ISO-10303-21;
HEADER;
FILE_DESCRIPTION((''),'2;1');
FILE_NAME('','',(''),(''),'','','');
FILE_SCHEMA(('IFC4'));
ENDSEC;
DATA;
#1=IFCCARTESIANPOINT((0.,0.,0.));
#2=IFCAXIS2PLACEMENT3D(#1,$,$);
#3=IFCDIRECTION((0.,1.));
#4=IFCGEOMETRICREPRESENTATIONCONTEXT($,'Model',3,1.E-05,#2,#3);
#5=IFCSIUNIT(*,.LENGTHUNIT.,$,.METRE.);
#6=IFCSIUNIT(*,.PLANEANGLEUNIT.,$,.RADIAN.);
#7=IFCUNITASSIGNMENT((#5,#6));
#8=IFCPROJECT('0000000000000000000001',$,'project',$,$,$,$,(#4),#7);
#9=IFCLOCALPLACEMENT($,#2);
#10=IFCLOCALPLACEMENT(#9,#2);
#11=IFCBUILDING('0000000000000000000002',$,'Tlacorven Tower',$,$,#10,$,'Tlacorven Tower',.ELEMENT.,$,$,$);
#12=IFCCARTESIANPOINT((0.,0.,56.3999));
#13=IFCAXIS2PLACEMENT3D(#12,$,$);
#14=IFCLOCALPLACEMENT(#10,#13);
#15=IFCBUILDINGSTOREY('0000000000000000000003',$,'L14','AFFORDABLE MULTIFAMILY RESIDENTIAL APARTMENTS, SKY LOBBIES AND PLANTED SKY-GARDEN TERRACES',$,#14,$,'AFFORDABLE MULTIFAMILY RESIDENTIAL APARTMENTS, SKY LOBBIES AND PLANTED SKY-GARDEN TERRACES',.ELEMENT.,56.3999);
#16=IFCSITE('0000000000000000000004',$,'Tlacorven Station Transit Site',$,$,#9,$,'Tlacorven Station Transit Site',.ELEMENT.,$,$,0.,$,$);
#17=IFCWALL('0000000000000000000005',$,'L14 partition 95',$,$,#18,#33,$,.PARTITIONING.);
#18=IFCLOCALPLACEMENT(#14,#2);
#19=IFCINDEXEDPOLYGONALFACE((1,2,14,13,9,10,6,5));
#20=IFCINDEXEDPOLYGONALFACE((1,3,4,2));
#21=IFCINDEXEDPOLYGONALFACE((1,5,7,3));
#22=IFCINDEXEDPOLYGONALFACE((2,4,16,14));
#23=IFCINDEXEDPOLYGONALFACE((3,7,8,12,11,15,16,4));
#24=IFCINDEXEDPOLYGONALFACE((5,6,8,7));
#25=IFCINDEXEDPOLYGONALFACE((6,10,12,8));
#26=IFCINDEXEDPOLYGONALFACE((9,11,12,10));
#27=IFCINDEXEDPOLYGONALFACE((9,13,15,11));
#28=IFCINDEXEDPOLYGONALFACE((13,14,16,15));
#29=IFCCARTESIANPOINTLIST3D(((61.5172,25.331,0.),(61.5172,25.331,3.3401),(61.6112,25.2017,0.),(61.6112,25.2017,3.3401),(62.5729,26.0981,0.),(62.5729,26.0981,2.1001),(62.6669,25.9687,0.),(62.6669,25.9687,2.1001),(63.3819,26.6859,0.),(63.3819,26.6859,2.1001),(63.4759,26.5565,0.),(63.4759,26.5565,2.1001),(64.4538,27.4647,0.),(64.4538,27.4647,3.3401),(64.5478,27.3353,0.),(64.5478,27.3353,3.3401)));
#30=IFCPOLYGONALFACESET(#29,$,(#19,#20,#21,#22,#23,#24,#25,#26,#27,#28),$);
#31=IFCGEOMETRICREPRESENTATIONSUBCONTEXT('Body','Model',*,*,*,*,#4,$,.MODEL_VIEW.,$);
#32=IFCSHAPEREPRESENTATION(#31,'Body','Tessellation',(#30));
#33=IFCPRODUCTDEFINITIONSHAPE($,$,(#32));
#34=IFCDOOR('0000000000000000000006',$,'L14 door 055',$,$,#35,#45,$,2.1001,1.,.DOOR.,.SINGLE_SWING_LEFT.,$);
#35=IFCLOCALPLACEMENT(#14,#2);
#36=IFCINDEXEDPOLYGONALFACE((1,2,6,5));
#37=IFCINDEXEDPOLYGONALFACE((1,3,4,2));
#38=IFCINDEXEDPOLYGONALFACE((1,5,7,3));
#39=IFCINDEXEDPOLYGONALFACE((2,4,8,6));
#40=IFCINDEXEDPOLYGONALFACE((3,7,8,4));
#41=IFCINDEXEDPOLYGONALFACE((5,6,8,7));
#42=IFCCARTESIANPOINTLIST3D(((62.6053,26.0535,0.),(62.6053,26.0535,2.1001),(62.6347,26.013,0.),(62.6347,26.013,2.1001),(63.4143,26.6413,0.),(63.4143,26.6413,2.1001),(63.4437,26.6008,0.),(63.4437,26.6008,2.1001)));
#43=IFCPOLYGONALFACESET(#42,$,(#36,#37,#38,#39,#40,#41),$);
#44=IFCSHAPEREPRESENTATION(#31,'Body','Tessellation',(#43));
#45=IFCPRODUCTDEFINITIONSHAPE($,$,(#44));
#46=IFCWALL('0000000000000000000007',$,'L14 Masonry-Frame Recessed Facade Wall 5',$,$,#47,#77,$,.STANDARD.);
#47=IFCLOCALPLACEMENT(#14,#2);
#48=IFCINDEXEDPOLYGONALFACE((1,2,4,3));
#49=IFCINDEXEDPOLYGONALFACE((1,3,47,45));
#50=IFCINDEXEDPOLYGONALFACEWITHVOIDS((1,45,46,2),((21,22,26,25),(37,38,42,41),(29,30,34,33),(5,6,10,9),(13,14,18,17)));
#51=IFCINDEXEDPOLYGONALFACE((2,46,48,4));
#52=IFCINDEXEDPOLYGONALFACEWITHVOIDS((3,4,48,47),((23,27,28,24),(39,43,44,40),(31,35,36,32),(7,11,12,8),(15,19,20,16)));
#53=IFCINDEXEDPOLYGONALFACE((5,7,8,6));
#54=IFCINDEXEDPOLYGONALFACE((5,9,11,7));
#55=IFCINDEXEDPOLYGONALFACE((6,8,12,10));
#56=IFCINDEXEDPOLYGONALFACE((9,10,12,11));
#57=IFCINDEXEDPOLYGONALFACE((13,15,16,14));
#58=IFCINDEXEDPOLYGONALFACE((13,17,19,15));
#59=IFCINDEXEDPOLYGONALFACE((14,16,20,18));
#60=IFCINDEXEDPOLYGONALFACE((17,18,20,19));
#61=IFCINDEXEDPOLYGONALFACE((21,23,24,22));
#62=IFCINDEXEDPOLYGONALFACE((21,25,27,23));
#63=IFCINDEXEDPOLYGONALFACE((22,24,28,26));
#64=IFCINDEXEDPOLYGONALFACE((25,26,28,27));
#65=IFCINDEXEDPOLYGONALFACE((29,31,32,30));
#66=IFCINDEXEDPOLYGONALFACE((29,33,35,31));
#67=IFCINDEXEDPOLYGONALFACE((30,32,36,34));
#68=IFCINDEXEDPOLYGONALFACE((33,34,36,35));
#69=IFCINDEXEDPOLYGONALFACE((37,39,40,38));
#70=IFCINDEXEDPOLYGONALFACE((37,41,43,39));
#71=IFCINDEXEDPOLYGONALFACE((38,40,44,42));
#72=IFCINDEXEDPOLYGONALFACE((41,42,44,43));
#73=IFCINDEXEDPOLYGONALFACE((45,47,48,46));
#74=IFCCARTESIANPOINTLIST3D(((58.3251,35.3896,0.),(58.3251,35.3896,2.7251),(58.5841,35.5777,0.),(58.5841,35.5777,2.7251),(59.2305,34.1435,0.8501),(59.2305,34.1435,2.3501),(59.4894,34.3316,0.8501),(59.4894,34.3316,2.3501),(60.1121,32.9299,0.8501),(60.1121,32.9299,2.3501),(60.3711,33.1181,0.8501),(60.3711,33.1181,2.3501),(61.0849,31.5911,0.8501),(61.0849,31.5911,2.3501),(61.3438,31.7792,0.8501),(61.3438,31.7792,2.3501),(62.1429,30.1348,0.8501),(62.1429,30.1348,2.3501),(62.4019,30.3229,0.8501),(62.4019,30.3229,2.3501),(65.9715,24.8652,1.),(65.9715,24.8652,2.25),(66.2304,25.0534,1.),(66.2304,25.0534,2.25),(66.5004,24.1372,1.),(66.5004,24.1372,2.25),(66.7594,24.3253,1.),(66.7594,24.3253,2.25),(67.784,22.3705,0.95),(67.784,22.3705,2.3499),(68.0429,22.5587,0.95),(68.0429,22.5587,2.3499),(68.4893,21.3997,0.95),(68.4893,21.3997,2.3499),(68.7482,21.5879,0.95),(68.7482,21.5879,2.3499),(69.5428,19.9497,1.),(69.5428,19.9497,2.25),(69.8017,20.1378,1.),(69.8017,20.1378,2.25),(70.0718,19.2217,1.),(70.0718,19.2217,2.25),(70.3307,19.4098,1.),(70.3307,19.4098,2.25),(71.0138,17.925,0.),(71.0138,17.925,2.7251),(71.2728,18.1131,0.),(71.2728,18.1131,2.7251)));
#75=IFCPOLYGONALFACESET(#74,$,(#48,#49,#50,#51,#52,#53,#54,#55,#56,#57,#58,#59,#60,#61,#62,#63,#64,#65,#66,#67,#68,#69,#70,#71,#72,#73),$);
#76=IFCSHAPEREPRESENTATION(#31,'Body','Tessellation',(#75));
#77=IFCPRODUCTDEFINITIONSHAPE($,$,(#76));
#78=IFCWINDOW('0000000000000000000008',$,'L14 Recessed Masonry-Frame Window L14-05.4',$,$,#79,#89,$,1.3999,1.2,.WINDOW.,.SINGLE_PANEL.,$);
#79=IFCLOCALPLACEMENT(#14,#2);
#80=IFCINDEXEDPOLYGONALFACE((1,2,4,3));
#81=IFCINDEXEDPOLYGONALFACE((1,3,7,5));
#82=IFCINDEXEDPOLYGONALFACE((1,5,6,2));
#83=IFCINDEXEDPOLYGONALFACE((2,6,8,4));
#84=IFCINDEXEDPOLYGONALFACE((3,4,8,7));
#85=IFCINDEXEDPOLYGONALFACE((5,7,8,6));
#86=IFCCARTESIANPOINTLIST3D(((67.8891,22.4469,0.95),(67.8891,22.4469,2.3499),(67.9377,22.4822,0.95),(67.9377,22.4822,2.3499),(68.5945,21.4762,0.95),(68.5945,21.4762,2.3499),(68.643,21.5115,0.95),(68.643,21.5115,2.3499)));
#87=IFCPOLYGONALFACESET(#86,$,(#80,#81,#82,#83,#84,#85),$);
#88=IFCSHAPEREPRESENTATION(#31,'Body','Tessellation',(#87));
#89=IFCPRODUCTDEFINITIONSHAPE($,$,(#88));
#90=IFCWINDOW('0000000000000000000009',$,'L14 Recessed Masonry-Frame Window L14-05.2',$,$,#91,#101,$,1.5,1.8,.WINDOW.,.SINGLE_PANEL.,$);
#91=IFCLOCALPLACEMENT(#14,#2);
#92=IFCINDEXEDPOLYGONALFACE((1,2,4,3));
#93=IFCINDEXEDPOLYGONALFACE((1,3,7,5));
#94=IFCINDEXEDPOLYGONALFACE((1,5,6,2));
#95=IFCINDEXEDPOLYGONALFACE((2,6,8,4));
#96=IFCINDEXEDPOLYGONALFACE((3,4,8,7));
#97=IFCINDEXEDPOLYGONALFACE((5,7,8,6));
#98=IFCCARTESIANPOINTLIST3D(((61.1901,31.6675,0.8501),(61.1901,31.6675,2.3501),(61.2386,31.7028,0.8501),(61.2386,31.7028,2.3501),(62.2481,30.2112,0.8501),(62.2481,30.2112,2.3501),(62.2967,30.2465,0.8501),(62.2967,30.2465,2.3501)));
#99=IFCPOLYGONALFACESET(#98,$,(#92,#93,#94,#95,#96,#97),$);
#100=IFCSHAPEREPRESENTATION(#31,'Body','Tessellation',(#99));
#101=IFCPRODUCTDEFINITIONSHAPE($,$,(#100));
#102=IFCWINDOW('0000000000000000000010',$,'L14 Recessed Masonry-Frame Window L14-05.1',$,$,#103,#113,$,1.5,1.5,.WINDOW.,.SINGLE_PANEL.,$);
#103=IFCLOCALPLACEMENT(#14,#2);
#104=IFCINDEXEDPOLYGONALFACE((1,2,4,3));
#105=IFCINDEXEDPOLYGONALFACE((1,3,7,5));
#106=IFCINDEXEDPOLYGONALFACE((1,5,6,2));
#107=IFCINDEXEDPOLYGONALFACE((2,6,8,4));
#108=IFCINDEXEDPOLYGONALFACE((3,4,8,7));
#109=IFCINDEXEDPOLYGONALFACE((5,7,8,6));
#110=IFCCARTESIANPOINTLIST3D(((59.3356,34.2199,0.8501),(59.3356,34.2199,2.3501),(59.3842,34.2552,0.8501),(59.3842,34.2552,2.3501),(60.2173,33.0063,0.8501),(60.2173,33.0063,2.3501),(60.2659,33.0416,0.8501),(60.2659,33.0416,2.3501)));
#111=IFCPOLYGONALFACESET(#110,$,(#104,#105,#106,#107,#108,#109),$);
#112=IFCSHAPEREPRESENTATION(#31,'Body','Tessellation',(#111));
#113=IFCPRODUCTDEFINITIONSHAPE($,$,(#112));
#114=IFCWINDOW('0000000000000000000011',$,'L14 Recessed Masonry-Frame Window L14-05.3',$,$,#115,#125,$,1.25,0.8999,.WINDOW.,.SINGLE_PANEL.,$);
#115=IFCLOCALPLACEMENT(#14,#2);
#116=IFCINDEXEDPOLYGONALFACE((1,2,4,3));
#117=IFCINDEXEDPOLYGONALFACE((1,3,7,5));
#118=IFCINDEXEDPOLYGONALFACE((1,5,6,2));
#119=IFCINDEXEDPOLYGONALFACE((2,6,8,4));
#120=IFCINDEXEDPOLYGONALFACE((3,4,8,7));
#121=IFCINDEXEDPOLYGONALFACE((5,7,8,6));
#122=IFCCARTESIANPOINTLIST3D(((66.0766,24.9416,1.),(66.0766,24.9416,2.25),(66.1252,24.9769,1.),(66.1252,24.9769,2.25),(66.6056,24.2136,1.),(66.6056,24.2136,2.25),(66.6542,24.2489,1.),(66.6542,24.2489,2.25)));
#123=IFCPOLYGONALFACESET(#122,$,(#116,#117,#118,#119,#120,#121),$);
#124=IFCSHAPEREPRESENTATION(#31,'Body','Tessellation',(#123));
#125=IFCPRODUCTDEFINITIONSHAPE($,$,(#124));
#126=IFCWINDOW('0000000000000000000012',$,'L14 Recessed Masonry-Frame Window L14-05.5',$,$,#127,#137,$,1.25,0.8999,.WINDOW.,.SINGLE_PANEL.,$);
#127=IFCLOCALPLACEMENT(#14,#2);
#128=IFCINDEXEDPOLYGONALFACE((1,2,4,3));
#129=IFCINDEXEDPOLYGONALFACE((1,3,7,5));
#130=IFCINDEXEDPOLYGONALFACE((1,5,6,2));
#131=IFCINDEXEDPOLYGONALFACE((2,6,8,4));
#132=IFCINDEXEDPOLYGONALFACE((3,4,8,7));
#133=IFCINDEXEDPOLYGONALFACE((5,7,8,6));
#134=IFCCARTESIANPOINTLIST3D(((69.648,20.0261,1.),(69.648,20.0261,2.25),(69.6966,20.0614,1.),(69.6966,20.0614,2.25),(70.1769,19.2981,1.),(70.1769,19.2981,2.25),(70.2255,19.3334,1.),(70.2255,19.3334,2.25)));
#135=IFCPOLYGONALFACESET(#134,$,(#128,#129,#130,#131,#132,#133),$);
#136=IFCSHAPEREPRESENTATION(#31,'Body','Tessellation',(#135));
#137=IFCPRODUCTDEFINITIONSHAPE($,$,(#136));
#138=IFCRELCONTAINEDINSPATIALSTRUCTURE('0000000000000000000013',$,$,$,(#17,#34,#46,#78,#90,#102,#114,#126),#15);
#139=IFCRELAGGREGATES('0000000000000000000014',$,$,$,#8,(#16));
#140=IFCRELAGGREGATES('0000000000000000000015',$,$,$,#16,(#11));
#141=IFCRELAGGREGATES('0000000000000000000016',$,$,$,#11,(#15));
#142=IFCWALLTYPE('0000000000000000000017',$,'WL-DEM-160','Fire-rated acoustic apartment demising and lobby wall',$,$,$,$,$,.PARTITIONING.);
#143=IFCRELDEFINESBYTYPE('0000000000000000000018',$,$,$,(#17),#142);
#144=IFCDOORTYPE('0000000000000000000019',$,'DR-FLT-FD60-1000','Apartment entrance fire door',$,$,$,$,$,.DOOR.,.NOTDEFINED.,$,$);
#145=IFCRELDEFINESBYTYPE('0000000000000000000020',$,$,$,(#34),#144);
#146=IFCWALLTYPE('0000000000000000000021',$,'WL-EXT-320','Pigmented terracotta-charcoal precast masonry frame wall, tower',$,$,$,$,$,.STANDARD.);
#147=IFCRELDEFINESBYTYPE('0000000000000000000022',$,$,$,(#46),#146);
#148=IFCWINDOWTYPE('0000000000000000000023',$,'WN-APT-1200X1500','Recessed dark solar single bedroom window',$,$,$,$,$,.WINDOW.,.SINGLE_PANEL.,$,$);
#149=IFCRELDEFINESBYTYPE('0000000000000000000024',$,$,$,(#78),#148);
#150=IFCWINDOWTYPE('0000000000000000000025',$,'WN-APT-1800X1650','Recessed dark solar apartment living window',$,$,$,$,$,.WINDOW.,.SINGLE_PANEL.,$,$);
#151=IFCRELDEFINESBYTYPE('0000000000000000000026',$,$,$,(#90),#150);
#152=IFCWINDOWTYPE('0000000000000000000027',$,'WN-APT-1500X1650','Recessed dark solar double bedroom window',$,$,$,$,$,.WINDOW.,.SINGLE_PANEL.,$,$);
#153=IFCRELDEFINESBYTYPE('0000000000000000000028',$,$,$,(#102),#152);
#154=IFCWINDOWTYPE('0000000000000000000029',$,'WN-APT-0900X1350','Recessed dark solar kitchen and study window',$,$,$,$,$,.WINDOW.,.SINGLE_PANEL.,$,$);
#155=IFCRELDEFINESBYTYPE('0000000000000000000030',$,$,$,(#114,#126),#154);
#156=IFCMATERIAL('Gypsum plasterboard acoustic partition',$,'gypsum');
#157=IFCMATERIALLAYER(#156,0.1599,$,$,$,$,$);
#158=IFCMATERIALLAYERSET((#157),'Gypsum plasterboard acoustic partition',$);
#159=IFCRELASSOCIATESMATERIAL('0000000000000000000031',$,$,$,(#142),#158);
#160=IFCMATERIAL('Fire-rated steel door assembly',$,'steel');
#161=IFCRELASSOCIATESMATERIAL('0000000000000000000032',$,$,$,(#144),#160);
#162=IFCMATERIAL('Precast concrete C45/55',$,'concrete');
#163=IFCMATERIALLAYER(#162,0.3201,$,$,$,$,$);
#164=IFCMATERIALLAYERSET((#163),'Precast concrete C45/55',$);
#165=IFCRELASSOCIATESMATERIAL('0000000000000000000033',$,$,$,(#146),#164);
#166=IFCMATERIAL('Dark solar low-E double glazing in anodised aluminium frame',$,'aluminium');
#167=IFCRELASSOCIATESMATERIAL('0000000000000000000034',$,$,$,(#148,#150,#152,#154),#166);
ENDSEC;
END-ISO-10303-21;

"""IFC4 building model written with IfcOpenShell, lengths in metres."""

from ifc_helpers import new_model, si_unit, direction, frame, frame_2d, origin, place, context, subcontext, project, spatial, rectangle, extrude, source, transform, mapped, material, layer, layer_set, type_object, element, fill, save


model = new_model("IFC4")

# Units and contexts
model_context = context("Model", 3, precision=1e-05, world=origin(), true_north=direction((0.0, 1.0)))
body_context = subcontext(model_context, "Body", "Model", "MODEL_VIEW")
ifc_project = project(units=[si_unit("LENGTHUNIT", "METRE"), si_unit("PLANEANGLEUNIT", "RADIAN")], contexts=[model_context])

# Site, building, storey
site_placement = place(None, origin())
site = spatial("IfcSite", under=ifc_project, at=site_placement, Name="Tlacorven Station Transit Site", LongName="Tlacorven Station Transit Site", CompositionType="ELEMENT", RefElevation=0.0)
building_placement = place(site_placement, origin())
building = spatial("IfcBuilding", under=site, at=building_placement, Name="Tlacorven Tower", LongName="Tlacorven Tower", CompositionType="ELEMENT")
storey_placement = place(building_placement, frame((0.0, 0.0, 56.3999)))
storey = spatial("IfcBuildingStorey", under=building, at=storey_placement, Name="L14", Description="AFFORDABLE MULTIFAMILY RESIDENTIAL APARTMENTS, SKY LOBBIES AND PLANTED SKY-GARDEN TERRACES", LongName="AFFORDABLE MULTIFAMILY RESIDENTIAL APARTMENTS, SKY LOBBIES AND PLANTED SKY-GARDEN TERRACES", CompositionType="ELEMENT", Elevation=56.3999)

# Shared definitions
ifc_material_1 = material(Name="Gypsum plasterboard acoustic partition", Category="gypsum")
ifc_layer_1 = layer(ifc_material_1, 0.1599)
ifc_layer_set_1 = layer_set([ifc_layer_1], Name="Gypsum plasterboard acoustic partition")
wall_type_1 = type_object("IfcWallType", Name="WL-DEM-160", Description="Fire-rated acoustic apartment demising and lobby wall", PredefinedType="PARTITIONING", material=ifc_layer_set_1)
ifc_material_2 = material(Name="Fire-rated steel door assembly", Category="steel")
door_type_1 = type_object("IfcDoorType", Name="DR-FLT-FD60-1000", Description="Apartment entrance fire door", OperationType="NOTDEFINED", PredefinedType="DOOR", material=ifc_material_2)
shared_shape_1 = source(origin(), body_context, "Body", "SweptSolid", [
    extrude(rectangle(XDim=1.0, YDim=2.1001, at=frame_2d((0.5, 1.05))), frame((0.0, 0.0249, 0.0), z_axis=(0.0, -1.0, 0.0), x_axis=(1.0, 0.0, 0.0)), (0.0, 0.0, 1.0), 0.05),
])

# Wall, opening, door
wall_1_placement = place(storey_placement, frame((61.5642, 25.2664, 0.0), z_axis=(0.0, 0.0, 1.0), x_axis=(0.809012, 0.587792, 0.0)))
wall_1 = element("IfcWall", 1, at=wall_1_placement, inside=storey, type_object=wall_type_1, Name="L14 partition 95", PredefinedType="PARTITIONING", context=body_context, shape_type="SweptSolid", body=[
    extrude(rectangle(XDim=3.6299, YDim=0.1599, at=frame_2d((1.8149, 0.0))), origin(), (0.0, 0.0, 1.0), 3.3401),
])
opening_1_placement = place(wall_1_placement, frame((1.3049, 0.0, 0.0)))
opening_1 = element("IfcOpeningElement", 2, at=opening_1_placement, cuts=wall_1, PredefinedType="OPENING", context=body_context, shape_type="SweptSolid", body=[
    extrude(rectangle(XDim=1.0, YDim=2.1001, at=frame_2d((0.5, 1.05))), frame((0.0, 0.0898, 0.0), z_axis=(0.0, -1.0, 0.0), x_axis=(1.0, 0.0, 0.0)), (0.0, 0.0, 1.0), 0.1799),
])
door_1_placement = place(opening_1_placement, origin())
door_1 = element("IfcDoor", 3, at=door_1_placement, inside=storey, type_object=door_type_1, Name="L14 door 055", OperationType="SINGLE_SWING_LEFT", OverallHeight=2.1001, OverallWidth=1.0, PredefinedType="DOOR", context=body_context, shape_type="MappedRepresentation", body=[
    mapped(shared_shape_1, transform((0.0, 0.0, 0.0), scale=1.0)),
])
fill(opening_1, door_1)

# Wall, openings, windows
ifc_material_3 = material(Name="Precast concrete C45/55", Category="concrete")
ifc_layer_2 = layer(ifc_material_3, 0.3201)
ifc_layer_set_2 = layer_set([ifc_layer_2], Name="Precast concrete C45/55")
wall_type_2 = type_object("IfcWallType", Name="WL-EXT-320", Description="Pigmented terracotta-charcoal precast masonry frame wall, tower", PredefinedType="STANDARD", material=ifc_layer_set_2)
wall_2_placement = place(storey_placement, frame((58.4546, 35.4836, 0.0), z_axis=(0.0, 0.0, 1.0), x_axis=(0.587784, -0.809018, 0.0)))
wall_2 = element("IfcWall", 4, at=wall_2_placement, inside=storey, type_object=wall_type_2, Name="L14 Masonry-Frame Recessed Facade Wall 5", PredefinedType="STANDARD", context=body_context, shape_type="SweptSolid", body=[
    extrude(rectangle(XDim=21.5874, YDim=0.3201, at=frame_2d((10.7937, 0.0))), origin(), (0.0, 0.0, 1.0), 2.7251),
])
opening_2_placement = place(wall_2_placement, frame((1.5403, 0.0, 0.8501)))
opening_2 = element("IfcOpeningElement", 5, at=opening_2_placement, cuts=wall_2, PredefinedType="OPENING", context=body_context, shape_type="SweptSolid", body=[
    extrude(rectangle(XDim=1.5, YDim=1.5, at=frame_2d((0.75, 0.75))), frame((0.0, 0.1699, 0.0), z_axis=(0.0, -1.0, 0.0), x_axis=(1.0, 0.0, 0.0)), (0.0, 0.0, 1.0), 0.3401),
])
opening_3_placement = place(wall_2_placement, frame((4.6953, 0.0, 0.8501)))
opening_3 = element("IfcOpeningElement", 6, at=opening_3_placement, cuts=wall_2, PredefinedType="OPENING", context=body_context, shape_type="SweptSolid", body=[
    extrude(rectangle(XDim=1.8, YDim=1.5, at=frame_2d((0.8999, 0.75))), frame((0.0, 0.1699, 0.0), z_axis=(0.0, -1.0, 0.0), x_axis=(1.0, 0.0, 0.0)), (0.0, 0.0, 1.0), 0.3401),
])
opening_4_placement = place(wall_2_placement, frame((13.0088, 0.0, 1.0)))
opening_4 = element("IfcOpeningElement", 7, at=opening_4_placement, cuts=wall_2, PredefinedType="OPENING", context=body_context, shape_type="SweptSolid", body=[
    extrude(rectangle(XDim=0.8999, YDim=1.25, at=frame_2d((0.45, 0.625))), frame((0.0, 0.1699, 0.0), z_axis=(0.0, -1.0, 0.0), x_axis=(1.0, 0.0, 0.0)), (0.0, 0.0, 1.0), 0.3401),
])
opening_5_placement = place(wall_2_placement, frame((16.0923, 0.0, 0.95)))
opening_5 = element("IfcOpeningElement", 8, at=opening_5_placement, cuts=wall_2, PredefinedType="OPENING", context=body_context, shape_type="SweptSolid", body=[
    extrude(rectangle(XDim=1.2, YDim=1.3999, at=frame_2d((0.6001, 0.7))), frame((0.0, 0.1699, 0.0), z_axis=(0.0, -1.0, 0.0), x_axis=(1.0, 0.0, 0.0)), (0.0, 0.0, 1.0), 0.3401),
])
opening_6_placement = place(wall_2_placement, frame((19.0847, 0.0, 1.0)))
opening_6 = element("IfcOpeningElement", 9, at=opening_6_placement, cuts=wall_2, PredefinedType="OPENING", context=body_context, shape_type="SweptSolid", body=[
    extrude(rectangle(XDim=0.8999, YDim=1.25, at=frame_2d((0.45, 0.625))), frame((0.0, 0.1699, 0.0), z_axis=(0.0, -1.0, 0.0), x_axis=(1.0, 0.0, 0.0)), (0.0, 0.0, 1.0), 0.3401),
])
ifc_material_4 = material(Name="Dark solar low-E double glazing in anodised aluminium frame", Category="aluminium")
window_type_1 = type_object("IfcWindowType", Name="WN-APT-1200X1500", Description="Recessed dark solar single bedroom window", PartitioningType="SINGLE_PANEL", PredefinedType="WINDOW", material=ifc_material_4)
shared_shape_2 = source(origin(), body_context, "Body", "SweptSolid", [
    extrude(rectangle(XDim=1.2, YDim=1.3999, at=frame_2d((0.6001, 0.7))), frame((0.0, 0.03, 0.0), z_axis=(0.0, -1.0, 0.0), x_axis=(1.0, 0.0, 0.0)), (0.0, 0.0, 1.0), 0.0601),
])
window_1_placement = place(opening_5_placement, origin())
window_1 = element("IfcWindow", 10, at=window_1_placement, inside=storey, type_object=window_type_1, Name="L14 Recessed Masonry-Frame Window L14-05.4", OverallHeight=1.3999, OverallWidth=1.2, PartitioningType="SINGLE_PANEL", PredefinedType="WINDOW", context=body_context, shape_type="MappedRepresentation", body=[
    mapped(shared_shape_2, transform((0.0, 0.0, 0.0), scale=1.0)),
])
fill(opening_5, window_1)
window_type_2 = type_object("IfcWindowType", Name="WN-APT-1800X1650", Description="Recessed dark solar apartment living window", PartitioningType="SINGLE_PANEL", PredefinedType="WINDOW", material=ifc_material_4)
shared_shape_3 = source(origin(), body_context, "Body", "SweptSolid", [
    extrude(rectangle(XDim=1.8, YDim=1.5, at=frame_2d((0.8999, 0.75))), frame((0.0, 0.03, 0.0), z_axis=(0.0, -1.0, 0.0), x_axis=(1.0, 0.0, 0.0)), (0.0, 0.0, 1.0), 0.0601),
])
window_2_placement = place(opening_3_placement, origin())
window_2 = element("IfcWindow", 11, at=window_2_placement, inside=storey, type_object=window_type_2, Name="L14 Recessed Masonry-Frame Window L14-05.2", OverallHeight=1.5, OverallWidth=1.8, PartitioningType="SINGLE_PANEL", PredefinedType="WINDOW", context=body_context, shape_type="MappedRepresentation", body=[
    mapped(shared_shape_3, transform((0.0, 0.0, 0.0), scale=1.0)),
])
fill(opening_3, window_2)
window_type_3 = type_object("IfcWindowType", Name="WN-APT-1500X1650", Description="Recessed dark solar double bedroom window", PartitioningType="SINGLE_PANEL", PredefinedType="WINDOW", material=ifc_material_4)
shared_shape_4 = source(origin(), body_context, "Body", "SweptSolid", [
    extrude(rectangle(XDim=1.5, YDim=1.5, at=frame_2d((0.75, 0.75))), frame((0.0, 0.03, 0.0), z_axis=(0.0, -1.0, 0.0), x_axis=(1.0, 0.0, 0.0)), (0.0, 0.0, 1.0), 0.0601),
])
window_3_placement = place(opening_2_placement, origin())
window_3 = element("IfcWindow", 12, at=window_3_placement, inside=storey, type_object=window_type_3, Name="L14 Recessed Masonry-Frame Window L14-05.1", OverallHeight=1.5, OverallWidth=1.5, PartitioningType="SINGLE_PANEL", PredefinedType="WINDOW", context=body_context, shape_type="MappedRepresentation", body=[
    mapped(shared_shape_4, transform((0.0, 0.0, 0.0), scale=1.0)),
])
fill(opening_2, window_3)
window_type_4 = type_object("IfcWindowType", Name="WN-APT-0900X1350", Description="Recessed dark solar kitchen and study window", PartitioningType="SINGLE_PANEL", PredefinedType="WINDOW", material=ifc_material_4)
shared_shape_5 = source(origin(), body_context, "Body", "SweptSolid", [
    extrude(rectangle(XDim=0.8999, YDim=1.25, at=frame_2d((0.45, 0.625))), frame((0.0, 0.03, 0.0), z_axis=(0.0, -1.0, 0.0), x_axis=(1.0, 0.0, 0.0)), (0.0, 0.0, 1.0), 0.0601),
])
window_4_placement = place(opening_4_placement, origin())
window_4 = element("IfcWindow", 13, at=window_4_placement, inside=storey, type_object=window_type_4, Name="L14 Recessed Masonry-Frame Window L14-05.3", OverallHeight=1.25, OverallWidth=0.8999, PartitioningType="SINGLE_PANEL", PredefinedType="WINDOW", context=body_context, shape_type="MappedRepresentation", body=[
    mapped(shared_shape_5, transform((0.0, 0.0, 0.0), scale=1.0)),
])
fill(opening_4, window_4)
window_5_placement = place(opening_6_placement, origin())
window_5 = element("IfcWindow", 14, at=window_5_placement, inside=storey, type_object=window_type_4, Name="L14 Recessed Masonry-Frame Window L14-05.5", OverallHeight=1.25, OverallWidth=0.8999, PartitioningType="SINGLE_PANEL", PredefinedType="WINDOW", context=body_context, shape_type="MappedRepresentation", body=[
    mapped(shared_shape_5, transform((0.0, 0.0, 0.0), scale=1.0)),
])
fill(opening_6, window_5)

save(model, "model.ifc")
